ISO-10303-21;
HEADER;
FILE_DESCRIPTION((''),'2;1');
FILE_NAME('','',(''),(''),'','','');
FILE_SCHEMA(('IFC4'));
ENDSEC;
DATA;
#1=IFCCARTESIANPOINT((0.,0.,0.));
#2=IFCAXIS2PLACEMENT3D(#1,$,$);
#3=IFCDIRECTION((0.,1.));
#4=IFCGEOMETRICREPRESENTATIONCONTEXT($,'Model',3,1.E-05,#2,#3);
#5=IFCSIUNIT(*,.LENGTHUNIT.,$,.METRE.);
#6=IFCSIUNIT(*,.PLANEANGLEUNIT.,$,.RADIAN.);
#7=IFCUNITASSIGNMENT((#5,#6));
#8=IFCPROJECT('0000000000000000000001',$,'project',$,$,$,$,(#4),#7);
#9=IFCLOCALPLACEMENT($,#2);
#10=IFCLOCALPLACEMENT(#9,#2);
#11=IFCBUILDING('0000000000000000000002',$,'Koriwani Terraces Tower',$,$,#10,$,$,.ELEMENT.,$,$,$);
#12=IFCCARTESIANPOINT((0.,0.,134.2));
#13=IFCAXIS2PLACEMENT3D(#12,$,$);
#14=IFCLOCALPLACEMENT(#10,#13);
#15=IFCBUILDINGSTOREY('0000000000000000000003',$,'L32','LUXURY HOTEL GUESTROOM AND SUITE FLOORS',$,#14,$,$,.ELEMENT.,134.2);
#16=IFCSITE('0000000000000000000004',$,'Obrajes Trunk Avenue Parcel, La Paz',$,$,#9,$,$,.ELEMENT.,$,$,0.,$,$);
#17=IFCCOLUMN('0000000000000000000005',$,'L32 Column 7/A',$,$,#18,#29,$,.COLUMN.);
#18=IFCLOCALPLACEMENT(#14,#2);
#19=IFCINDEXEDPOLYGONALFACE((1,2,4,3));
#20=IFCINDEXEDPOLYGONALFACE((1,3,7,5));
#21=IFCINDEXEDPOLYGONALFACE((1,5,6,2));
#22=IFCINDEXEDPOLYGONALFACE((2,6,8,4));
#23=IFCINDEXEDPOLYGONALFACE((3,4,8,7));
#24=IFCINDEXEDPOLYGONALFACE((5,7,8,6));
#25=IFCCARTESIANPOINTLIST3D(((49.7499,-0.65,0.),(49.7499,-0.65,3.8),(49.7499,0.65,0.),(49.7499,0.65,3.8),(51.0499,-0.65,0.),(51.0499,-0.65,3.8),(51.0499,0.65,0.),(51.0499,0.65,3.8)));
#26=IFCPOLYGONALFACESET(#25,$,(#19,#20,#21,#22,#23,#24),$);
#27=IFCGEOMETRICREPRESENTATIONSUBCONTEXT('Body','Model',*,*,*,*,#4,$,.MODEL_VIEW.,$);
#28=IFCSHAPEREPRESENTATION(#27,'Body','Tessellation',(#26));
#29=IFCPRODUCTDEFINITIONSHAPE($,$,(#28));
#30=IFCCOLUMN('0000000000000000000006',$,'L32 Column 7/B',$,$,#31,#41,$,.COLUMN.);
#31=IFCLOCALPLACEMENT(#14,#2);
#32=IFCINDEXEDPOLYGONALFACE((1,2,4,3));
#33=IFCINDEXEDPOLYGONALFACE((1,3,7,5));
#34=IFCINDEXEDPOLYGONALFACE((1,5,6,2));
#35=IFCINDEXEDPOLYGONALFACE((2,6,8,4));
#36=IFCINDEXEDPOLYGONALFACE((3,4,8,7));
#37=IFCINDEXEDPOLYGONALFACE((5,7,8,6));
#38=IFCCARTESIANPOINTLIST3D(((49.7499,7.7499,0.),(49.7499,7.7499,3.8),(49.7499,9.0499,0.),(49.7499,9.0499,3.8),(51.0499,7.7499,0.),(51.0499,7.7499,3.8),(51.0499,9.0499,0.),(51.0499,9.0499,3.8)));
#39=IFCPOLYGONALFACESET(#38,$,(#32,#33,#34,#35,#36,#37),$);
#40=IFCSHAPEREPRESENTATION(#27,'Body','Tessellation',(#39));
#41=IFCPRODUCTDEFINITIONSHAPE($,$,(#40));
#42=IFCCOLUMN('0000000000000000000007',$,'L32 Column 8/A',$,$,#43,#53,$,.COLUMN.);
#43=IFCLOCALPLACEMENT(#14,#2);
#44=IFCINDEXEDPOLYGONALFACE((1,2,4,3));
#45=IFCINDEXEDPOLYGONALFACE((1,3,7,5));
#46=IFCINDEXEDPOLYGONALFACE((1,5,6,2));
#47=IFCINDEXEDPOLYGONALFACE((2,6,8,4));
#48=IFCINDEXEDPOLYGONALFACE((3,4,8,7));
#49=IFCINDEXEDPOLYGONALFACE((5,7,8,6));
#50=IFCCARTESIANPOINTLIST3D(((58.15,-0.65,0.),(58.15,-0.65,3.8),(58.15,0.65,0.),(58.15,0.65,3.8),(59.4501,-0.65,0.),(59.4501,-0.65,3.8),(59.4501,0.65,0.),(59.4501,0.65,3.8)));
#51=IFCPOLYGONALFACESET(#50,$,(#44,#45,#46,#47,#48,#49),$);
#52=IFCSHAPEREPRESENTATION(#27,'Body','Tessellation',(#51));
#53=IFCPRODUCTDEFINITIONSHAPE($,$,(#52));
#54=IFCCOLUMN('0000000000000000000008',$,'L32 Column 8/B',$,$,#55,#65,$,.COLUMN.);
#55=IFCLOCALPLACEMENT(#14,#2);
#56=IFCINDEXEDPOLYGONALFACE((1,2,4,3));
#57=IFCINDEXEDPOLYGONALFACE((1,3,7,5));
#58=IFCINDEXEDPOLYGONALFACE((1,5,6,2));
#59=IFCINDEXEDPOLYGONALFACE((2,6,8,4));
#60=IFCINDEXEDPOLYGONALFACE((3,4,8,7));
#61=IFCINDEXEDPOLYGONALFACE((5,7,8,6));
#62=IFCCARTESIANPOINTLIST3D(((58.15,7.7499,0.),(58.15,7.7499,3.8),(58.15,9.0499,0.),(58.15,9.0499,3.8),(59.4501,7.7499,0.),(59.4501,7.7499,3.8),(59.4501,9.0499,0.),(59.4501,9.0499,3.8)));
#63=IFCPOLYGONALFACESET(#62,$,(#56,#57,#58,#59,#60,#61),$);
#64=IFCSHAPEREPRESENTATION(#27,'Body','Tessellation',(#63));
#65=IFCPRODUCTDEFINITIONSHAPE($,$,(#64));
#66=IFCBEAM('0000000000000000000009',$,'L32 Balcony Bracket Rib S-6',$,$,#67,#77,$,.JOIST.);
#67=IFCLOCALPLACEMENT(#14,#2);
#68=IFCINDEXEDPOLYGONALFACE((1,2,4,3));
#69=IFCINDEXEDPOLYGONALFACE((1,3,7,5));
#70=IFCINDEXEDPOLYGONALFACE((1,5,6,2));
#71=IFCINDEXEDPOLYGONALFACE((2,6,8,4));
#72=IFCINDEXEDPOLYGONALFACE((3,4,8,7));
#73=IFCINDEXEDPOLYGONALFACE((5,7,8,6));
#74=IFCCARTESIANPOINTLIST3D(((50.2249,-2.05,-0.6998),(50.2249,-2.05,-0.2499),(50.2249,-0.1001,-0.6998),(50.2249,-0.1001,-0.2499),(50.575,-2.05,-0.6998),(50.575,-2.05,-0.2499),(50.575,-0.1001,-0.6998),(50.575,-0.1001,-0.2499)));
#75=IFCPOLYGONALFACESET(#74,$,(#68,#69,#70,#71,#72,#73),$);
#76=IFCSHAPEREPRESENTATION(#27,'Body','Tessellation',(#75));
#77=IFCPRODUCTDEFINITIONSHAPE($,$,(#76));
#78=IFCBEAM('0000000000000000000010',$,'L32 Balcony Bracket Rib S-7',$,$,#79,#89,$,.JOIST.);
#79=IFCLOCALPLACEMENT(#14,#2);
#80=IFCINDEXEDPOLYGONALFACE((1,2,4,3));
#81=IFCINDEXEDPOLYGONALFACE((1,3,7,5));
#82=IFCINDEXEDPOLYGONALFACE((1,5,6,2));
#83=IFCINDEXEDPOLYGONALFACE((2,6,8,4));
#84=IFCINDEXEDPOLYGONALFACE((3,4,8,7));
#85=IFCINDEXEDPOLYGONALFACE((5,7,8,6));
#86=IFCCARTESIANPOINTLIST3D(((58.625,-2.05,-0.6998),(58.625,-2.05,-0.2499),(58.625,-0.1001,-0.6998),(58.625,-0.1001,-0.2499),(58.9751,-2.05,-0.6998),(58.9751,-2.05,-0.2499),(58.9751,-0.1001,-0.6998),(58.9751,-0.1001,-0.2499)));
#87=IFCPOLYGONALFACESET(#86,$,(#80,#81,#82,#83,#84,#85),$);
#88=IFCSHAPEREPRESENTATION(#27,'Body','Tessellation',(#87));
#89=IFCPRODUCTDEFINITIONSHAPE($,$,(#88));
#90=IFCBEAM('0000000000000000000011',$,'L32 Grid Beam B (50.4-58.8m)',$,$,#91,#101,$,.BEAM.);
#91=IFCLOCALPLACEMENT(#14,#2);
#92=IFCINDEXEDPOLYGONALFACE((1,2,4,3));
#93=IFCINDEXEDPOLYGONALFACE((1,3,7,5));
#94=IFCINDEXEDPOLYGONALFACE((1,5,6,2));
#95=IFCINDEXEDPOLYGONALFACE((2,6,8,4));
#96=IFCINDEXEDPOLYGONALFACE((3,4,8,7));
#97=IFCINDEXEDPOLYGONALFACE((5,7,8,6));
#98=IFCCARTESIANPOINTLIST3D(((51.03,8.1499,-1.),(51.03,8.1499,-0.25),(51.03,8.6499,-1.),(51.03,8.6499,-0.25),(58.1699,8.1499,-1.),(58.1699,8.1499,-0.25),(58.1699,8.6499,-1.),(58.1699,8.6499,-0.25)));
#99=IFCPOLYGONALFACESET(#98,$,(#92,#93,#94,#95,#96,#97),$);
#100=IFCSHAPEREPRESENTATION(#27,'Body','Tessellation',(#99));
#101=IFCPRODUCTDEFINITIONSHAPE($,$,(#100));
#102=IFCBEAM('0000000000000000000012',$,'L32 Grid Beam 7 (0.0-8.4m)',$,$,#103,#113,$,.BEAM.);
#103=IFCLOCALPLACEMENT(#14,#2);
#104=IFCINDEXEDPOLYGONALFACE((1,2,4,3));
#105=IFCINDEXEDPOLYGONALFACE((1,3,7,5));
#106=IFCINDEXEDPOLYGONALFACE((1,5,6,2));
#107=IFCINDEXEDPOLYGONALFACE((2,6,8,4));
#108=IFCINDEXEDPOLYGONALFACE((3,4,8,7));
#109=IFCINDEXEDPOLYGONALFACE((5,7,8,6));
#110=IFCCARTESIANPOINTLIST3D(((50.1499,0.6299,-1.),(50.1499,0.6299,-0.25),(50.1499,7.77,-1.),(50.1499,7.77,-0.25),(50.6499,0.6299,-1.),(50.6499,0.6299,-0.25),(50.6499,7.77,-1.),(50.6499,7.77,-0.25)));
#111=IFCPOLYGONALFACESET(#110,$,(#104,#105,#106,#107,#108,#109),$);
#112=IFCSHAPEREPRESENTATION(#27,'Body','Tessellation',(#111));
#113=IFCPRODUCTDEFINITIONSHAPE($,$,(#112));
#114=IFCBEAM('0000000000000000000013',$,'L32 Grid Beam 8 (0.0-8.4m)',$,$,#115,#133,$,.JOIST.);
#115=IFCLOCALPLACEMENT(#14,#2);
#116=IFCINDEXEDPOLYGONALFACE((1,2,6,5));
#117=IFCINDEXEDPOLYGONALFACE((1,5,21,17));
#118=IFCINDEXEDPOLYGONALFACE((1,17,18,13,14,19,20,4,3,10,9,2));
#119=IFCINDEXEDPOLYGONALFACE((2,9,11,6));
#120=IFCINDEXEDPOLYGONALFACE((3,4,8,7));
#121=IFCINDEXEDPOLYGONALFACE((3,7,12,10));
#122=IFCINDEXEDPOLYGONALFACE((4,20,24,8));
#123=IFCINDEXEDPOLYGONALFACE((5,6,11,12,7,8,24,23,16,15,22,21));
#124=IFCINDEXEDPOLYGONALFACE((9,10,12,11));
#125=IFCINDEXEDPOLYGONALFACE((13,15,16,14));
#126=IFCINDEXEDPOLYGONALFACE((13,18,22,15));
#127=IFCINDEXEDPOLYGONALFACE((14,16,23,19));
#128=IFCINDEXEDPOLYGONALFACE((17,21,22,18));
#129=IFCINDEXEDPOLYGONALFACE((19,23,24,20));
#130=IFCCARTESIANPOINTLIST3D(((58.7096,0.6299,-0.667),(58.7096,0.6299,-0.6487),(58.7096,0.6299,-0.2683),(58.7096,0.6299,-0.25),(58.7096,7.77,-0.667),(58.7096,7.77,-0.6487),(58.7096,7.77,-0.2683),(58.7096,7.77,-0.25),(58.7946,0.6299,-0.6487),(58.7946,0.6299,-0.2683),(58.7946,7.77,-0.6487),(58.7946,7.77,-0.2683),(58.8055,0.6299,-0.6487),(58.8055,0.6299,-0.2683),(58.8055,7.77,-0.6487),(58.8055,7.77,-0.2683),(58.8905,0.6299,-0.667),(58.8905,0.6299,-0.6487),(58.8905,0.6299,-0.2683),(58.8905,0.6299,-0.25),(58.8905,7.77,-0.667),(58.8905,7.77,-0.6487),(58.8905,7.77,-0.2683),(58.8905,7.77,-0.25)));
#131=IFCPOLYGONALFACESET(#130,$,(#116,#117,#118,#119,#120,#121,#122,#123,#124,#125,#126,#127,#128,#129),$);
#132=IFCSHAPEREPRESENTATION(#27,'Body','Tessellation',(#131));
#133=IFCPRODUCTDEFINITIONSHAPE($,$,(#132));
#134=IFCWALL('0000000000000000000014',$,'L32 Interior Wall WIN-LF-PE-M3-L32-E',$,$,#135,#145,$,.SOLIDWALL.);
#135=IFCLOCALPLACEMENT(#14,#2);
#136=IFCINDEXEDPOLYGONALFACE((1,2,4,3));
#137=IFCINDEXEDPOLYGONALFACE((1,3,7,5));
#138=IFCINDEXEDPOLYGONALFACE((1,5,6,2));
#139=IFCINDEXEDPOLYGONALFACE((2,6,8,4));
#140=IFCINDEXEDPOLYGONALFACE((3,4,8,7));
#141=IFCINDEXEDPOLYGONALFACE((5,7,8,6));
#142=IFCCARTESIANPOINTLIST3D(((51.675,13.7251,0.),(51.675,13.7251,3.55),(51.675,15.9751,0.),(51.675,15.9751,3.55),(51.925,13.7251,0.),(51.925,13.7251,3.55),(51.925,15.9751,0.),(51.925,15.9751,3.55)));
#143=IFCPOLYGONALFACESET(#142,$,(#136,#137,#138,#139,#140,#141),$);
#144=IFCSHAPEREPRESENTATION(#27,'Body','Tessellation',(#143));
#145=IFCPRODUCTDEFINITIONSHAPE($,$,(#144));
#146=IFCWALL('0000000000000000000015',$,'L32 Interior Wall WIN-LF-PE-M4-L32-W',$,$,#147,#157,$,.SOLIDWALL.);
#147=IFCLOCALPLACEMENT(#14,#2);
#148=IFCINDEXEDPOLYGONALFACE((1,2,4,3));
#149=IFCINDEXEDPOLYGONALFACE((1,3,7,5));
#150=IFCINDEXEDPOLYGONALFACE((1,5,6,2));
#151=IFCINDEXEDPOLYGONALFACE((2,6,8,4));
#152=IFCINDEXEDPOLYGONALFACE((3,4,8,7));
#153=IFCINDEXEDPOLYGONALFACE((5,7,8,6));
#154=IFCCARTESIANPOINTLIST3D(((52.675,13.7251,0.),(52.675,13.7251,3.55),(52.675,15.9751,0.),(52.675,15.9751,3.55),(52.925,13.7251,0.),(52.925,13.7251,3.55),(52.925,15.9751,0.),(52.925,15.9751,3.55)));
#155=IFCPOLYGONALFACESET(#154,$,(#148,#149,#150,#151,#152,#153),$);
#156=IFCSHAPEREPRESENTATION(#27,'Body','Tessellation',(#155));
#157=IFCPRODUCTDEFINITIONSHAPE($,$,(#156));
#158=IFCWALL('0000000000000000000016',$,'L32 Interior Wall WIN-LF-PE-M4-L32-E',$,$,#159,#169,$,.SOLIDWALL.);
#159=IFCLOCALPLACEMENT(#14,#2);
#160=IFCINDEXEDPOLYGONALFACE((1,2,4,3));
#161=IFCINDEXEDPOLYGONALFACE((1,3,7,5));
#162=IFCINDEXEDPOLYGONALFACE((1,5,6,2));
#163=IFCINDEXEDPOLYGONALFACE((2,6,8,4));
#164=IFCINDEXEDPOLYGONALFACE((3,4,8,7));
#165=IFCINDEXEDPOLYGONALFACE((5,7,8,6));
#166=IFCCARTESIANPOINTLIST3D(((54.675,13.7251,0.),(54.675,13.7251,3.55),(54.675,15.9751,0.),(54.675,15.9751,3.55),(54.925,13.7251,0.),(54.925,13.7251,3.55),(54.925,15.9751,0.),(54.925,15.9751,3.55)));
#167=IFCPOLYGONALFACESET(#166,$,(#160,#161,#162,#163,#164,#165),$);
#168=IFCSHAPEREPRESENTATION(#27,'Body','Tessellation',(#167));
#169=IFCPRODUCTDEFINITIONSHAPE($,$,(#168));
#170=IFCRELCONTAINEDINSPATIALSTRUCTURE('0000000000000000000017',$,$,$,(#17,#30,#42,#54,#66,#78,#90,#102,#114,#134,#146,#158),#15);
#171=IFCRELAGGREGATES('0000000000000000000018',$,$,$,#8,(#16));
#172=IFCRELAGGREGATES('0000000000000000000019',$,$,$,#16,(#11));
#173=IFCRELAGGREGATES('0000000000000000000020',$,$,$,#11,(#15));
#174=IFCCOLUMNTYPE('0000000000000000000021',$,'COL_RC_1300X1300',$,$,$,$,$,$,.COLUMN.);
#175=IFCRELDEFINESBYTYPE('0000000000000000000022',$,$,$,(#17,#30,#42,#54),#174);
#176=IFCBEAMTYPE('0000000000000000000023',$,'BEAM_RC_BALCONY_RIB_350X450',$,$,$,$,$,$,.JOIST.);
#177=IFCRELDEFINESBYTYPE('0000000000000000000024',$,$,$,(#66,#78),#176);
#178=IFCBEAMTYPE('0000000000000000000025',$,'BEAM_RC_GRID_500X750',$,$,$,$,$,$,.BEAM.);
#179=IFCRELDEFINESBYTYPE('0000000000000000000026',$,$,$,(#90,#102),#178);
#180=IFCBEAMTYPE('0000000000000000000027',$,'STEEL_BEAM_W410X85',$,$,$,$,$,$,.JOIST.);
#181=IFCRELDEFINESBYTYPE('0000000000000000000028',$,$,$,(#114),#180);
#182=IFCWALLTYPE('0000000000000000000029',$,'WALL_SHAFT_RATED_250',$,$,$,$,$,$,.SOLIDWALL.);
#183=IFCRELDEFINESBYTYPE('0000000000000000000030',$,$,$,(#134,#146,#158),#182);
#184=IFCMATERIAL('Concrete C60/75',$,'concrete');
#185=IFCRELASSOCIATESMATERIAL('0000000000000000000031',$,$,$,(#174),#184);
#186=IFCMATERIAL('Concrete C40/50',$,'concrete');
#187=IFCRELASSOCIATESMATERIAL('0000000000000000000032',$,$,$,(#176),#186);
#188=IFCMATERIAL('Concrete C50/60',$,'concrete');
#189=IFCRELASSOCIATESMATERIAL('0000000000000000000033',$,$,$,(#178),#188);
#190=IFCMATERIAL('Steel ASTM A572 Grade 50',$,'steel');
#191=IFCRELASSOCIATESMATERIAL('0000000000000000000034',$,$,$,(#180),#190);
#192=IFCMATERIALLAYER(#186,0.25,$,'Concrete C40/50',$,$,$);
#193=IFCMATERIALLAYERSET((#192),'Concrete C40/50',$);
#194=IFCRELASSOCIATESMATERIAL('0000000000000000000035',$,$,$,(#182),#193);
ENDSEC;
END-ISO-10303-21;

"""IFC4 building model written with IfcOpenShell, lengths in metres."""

from ifc_helpers import new_model, si_unit, direction, frame, frame_2d, origin, origin_2d, place, context, subcontext, project, spatial, rectangle, i_section, extrude, material, layer, layer_set, material_profile, profile_set, type_object, element, save


model = new_model("IFC4")

# Units and contexts
model_context = context("Model", 3, precision=1e-05, world=origin(), true_north=direction((0.0, 1.0)))
body_context = subcontext(model_context, "Body", "Model", "MODEL_VIEW")
ifc_project = project(units=[si_unit("LENGTHUNIT", "METRE"), si_unit("PLANEANGLEUNIT", "RADIAN")], contexts=[model_context])

# Site, building, storey
site_placement = place(None, origin())
site = spatial("IfcSite", under=ifc_project, at=site_placement, Name="Obrajes Trunk Avenue Parcel, La Paz", CompositionType="ELEMENT", RefElevation=0.0)
building_placement = place(site_placement, origin())
building = spatial("IfcBuilding", under=site, at=building_placement, Name="Koriwani Terraces Tower", CompositionType="ELEMENT")
storey_placement = place(building_placement, frame((0.0, 0.0, 134.2)))
storey = spatial("IfcBuildingStorey", under=building, at=storey_placement, Name="L32", Description="LUXURY HOTEL GUESTROOM AND SUITE FLOORS", CompositionType="ELEMENT", Elevation=134.2)

# Columns
ifc_material_1 = material(Name="Concrete C60/75", Category="concrete")
ifc_material_profile_1 = material_profile(ifc_material_1, rectangle(XDim=1.3, YDim=1.3, at=origin_2d()), Name="Concrete C60/75", Category="LoadBearing")
ifc_profile_set_1 = profile_set([ifc_material_profile_1], Name="Concrete C60/75")
column_type = type_object("IfcColumnType", Name="COL_RC_1300X1300", PredefinedType="COLUMN", material=ifc_profile_set_1)
for number, where, z_axis, x_axis, name in (
    (1, (50.3999, 0.0, 0.0), (0.0, 0.0, 1.0), (1.0, 0.0, 0.0), "L32 Column 7/A"),
    (2, (50.3999, 8.3999, 0.0), (0.0, 0.0, 1.0), (1.0, 0.0, 0.0), "L32 Column 7/B"),
    (3, (58.8, 0.0, 0.0), (0.0, 0.0, 1.0), (1.0, 0.0, 0.0), "L32 Column 8/A"),
    (4, (58.8, 8.3999, 0.0), (0.0, 0.0, 1.0), (1.0, 0.0, 0.0), "L32 Column 8/B"),
):
    element("IfcColumn", number, at=place(storey_placement, frame(where, z_axis=z_axis, x_axis=x_axis)), inside=storey, type_object=column_type, Name=name, PredefinedType="COLUMN", context=body_context, shape_type="SweptSolid", body=[
        extrude(rectangle(XDim=1.3, YDim=1.3, at=origin_2d()), origin(), (0.0, 0.0, 1.0), 3.8),
    ])

# Beams
ifc_material_2 = material(Name="Concrete C40/50", Category="concrete")
ifc_material_profile_2 = material_profile(ifc_material_2, rectangle(XDim=0.3501, YDim=0.45, at=origin_2d()), Name="Concrete C40/50", Category="LoadBearing")
ifc_profile_set_2 = profile_set([ifc_material_profile_2], Name="Concrete C40/50")
beam_type_1 = type_object("IfcBeamType", Name="BEAM_RC_BALCONY_RIB_350X450", PredefinedType="JOIST", material=ifc_profile_set_2)
for number, where, z_axis, x_axis, name in (
    (5, (50.3999, -2.05, -0.4749), (0.0, 1.0, 0.0), (-1.0, 0.0, 0.0), "L32 Balcony Bracket Rib S-6"),
    (6, (58.8, -2.05, -0.4749), (0.0, 1.0, 0.0), (-1.0, 0.0, 0.0), "L32 Balcony Bracket Rib S-7"),
):
    element("IfcBeam", number, at=place(storey_placement, frame(where, z_axis=z_axis, x_axis=x_axis)), inside=storey, type_object=beam_type_1, Name=name, PredefinedType="JOIST", context=body_context, shape_type="SweptSolid", body=[
        extrude(rectangle(XDim=0.3501, YDim=0.45, at=origin_2d()), origin(), (0.0, 0.0, 1.0), 1.95),
    ])
ifc_material_3 = material(Name="Concrete C50/60", Category="concrete")
ifc_material_profile_3 = material_profile(ifc_material_3, rectangle(XDim=0.5, YDim=0.75, at=origin_2d()), Name="Concrete C50/60", Category="LoadBearing")
ifc_profile_set_3 = profile_set([ifc_material_profile_3], Name="Concrete C50/60")
beam_type_2 = type_object("IfcBeamType", Name="BEAM_RC_GRID_500X750", PredefinedType="BEAM", material=ifc_profile_set_3)
beam_1_placement = place(storey_placement, frame((51.03, 8.3999, -0.625), z_axis=(1.0, 0.0, 0.0), x_axis=(0.0, 1.0, 0.0)))
element("IfcBeam", 7, at=beam_1_placement, inside=storey, type_object=beam_type_2, Name="L32 Grid Beam B (50.4-58.8m)", PredefinedType="BEAM", context=body_context, shape_type="SweptSolid", body=[
    extrude(rectangle(XDim=0.5, YDim=0.75, at=origin_2d()), origin(), (0.0, 0.0, 1.0), 7.1399),
])
beam_2_placement = place(storey_placement, frame((50.3999, 0.6299, -0.625), z_axis=(0.0, 1.0, 0.0), x_axis=(-1.0, 0.0, 0.0)))
element("IfcBeam", 8, at=beam_2_placement, inside=storey, type_object=beam_type_2, Name="L32 Grid Beam 7 (0.0-8.4m)", PredefinedType="BEAM", context=body_context, shape_type="SweptSolid", body=[
    extrude(rectangle(XDim=0.5, YDim=0.75, at=origin_2d()), origin(), (0.0, 0.0, 1.0), 7.1401),
])
ifc_material_4 = material(Name="Steel ASTM A572 Grade 50", Category="steel")
ifc_material_profile_4 = material_profile(ifc_material_4, i_section(OverallWidth=0.1809, OverallDepth=0.417, WebThickness=0.011, FlangeThickness=0.0183, at=origin_2d()), Name="Steel ASTM A572 Grade 50", Category="LoadBearing")
ifc_profile_set_4 = profile_set([ifc_material_profile_4], Name="Steel ASTM A572 Grade 50")
beam_type_3 = type_object("IfcBeamType", Name="STEEL_BEAM_W410X85", PredefinedType="JOIST", material=ifc_profile_set_4)
beam_3_placement = place(storey_placement, frame((58.8, 0.6299, -0.4585), z_axis=(0.0, 1.0, 0.0), x_axis=(-1.0, 0.0, 0.0)))
element("IfcBeam", 9, at=beam_3_placement, inside=storey, type_object=beam_type_3, Name="L32 Grid Beam 8 (0.0-8.4m)", PredefinedType="JOIST", context=body_context, shape_type="SweptSolid", body=[
    extrude(i_section(OverallWidth=0.1809, OverallDepth=0.417, WebThickness=0.011, FlangeThickness=0.0183, at=origin_2d()), origin(), (0.0, 0.0, 1.0), 7.1401),
])

# Wall
ifc_layer = layer(ifc_material_2, 0.25, Name="Concrete C40/50")
ifc_layer_set = layer_set([ifc_layer], Name="Concrete C40/50")
wall_type = type_object("IfcWallType", Name="WALL_SHAFT_RATED_250", PredefinedType="SOLIDWALL", material=ifc_layer_set)
wall_1_placement = place(storey_placement, frame((51.8, 13.7251, 0.0), z_axis=(0.0, 0.0, 1.0), x_axis=(0.0, 1.0, 0.0)))
element("IfcWall", 10, at=wall_1_placement, inside=storey, type_object=wall_type, Name="L32 Interior Wall WIN-LF-PE-M3-L32-E", PredefinedType="SOLIDWALL", context=body_context, shape_type="SweptSolid", body=[
    extrude(rectangle(XDim=2.25, YDim=0.25, at=frame_2d((1.125, 0.0))), origin(), (0.0, 0.0, 1.0), 3.55),
])

# Walls
for number, where, z_axis, x_axis, name in (
    (11, (52.8, 13.7251, 0.0), (0.0, 0.0, 1.0), (0.0, 1.0, 0.0), "L32 Interior Wall WIN-LF-PE-M4-L32-W"),
    (12, (54.8, 13.7251, 0.0), (0.0, 0.0, 1.0), (0.0, 1.0, 0.0), "L32 Interior Wall WIN-LF-PE-M4-L32-E"),
):
    element("IfcWall", number, at=place(storey_placement, frame(where, z_axis=z_axis, x_axis=x_axis)), inside=storey, type_object=wall_type, Name=name, PredefinedType="SOLIDWALL", context=body_context, shape_type="SweptSolid", body=[
        extrude(rectangle(XDim=2.25, YDim=0.25, at=frame_2d((1.125, 0.0))), origin(), (0.0, 0.0, 1.0), 3.55),
    ])

save(model, "model.ifc")
